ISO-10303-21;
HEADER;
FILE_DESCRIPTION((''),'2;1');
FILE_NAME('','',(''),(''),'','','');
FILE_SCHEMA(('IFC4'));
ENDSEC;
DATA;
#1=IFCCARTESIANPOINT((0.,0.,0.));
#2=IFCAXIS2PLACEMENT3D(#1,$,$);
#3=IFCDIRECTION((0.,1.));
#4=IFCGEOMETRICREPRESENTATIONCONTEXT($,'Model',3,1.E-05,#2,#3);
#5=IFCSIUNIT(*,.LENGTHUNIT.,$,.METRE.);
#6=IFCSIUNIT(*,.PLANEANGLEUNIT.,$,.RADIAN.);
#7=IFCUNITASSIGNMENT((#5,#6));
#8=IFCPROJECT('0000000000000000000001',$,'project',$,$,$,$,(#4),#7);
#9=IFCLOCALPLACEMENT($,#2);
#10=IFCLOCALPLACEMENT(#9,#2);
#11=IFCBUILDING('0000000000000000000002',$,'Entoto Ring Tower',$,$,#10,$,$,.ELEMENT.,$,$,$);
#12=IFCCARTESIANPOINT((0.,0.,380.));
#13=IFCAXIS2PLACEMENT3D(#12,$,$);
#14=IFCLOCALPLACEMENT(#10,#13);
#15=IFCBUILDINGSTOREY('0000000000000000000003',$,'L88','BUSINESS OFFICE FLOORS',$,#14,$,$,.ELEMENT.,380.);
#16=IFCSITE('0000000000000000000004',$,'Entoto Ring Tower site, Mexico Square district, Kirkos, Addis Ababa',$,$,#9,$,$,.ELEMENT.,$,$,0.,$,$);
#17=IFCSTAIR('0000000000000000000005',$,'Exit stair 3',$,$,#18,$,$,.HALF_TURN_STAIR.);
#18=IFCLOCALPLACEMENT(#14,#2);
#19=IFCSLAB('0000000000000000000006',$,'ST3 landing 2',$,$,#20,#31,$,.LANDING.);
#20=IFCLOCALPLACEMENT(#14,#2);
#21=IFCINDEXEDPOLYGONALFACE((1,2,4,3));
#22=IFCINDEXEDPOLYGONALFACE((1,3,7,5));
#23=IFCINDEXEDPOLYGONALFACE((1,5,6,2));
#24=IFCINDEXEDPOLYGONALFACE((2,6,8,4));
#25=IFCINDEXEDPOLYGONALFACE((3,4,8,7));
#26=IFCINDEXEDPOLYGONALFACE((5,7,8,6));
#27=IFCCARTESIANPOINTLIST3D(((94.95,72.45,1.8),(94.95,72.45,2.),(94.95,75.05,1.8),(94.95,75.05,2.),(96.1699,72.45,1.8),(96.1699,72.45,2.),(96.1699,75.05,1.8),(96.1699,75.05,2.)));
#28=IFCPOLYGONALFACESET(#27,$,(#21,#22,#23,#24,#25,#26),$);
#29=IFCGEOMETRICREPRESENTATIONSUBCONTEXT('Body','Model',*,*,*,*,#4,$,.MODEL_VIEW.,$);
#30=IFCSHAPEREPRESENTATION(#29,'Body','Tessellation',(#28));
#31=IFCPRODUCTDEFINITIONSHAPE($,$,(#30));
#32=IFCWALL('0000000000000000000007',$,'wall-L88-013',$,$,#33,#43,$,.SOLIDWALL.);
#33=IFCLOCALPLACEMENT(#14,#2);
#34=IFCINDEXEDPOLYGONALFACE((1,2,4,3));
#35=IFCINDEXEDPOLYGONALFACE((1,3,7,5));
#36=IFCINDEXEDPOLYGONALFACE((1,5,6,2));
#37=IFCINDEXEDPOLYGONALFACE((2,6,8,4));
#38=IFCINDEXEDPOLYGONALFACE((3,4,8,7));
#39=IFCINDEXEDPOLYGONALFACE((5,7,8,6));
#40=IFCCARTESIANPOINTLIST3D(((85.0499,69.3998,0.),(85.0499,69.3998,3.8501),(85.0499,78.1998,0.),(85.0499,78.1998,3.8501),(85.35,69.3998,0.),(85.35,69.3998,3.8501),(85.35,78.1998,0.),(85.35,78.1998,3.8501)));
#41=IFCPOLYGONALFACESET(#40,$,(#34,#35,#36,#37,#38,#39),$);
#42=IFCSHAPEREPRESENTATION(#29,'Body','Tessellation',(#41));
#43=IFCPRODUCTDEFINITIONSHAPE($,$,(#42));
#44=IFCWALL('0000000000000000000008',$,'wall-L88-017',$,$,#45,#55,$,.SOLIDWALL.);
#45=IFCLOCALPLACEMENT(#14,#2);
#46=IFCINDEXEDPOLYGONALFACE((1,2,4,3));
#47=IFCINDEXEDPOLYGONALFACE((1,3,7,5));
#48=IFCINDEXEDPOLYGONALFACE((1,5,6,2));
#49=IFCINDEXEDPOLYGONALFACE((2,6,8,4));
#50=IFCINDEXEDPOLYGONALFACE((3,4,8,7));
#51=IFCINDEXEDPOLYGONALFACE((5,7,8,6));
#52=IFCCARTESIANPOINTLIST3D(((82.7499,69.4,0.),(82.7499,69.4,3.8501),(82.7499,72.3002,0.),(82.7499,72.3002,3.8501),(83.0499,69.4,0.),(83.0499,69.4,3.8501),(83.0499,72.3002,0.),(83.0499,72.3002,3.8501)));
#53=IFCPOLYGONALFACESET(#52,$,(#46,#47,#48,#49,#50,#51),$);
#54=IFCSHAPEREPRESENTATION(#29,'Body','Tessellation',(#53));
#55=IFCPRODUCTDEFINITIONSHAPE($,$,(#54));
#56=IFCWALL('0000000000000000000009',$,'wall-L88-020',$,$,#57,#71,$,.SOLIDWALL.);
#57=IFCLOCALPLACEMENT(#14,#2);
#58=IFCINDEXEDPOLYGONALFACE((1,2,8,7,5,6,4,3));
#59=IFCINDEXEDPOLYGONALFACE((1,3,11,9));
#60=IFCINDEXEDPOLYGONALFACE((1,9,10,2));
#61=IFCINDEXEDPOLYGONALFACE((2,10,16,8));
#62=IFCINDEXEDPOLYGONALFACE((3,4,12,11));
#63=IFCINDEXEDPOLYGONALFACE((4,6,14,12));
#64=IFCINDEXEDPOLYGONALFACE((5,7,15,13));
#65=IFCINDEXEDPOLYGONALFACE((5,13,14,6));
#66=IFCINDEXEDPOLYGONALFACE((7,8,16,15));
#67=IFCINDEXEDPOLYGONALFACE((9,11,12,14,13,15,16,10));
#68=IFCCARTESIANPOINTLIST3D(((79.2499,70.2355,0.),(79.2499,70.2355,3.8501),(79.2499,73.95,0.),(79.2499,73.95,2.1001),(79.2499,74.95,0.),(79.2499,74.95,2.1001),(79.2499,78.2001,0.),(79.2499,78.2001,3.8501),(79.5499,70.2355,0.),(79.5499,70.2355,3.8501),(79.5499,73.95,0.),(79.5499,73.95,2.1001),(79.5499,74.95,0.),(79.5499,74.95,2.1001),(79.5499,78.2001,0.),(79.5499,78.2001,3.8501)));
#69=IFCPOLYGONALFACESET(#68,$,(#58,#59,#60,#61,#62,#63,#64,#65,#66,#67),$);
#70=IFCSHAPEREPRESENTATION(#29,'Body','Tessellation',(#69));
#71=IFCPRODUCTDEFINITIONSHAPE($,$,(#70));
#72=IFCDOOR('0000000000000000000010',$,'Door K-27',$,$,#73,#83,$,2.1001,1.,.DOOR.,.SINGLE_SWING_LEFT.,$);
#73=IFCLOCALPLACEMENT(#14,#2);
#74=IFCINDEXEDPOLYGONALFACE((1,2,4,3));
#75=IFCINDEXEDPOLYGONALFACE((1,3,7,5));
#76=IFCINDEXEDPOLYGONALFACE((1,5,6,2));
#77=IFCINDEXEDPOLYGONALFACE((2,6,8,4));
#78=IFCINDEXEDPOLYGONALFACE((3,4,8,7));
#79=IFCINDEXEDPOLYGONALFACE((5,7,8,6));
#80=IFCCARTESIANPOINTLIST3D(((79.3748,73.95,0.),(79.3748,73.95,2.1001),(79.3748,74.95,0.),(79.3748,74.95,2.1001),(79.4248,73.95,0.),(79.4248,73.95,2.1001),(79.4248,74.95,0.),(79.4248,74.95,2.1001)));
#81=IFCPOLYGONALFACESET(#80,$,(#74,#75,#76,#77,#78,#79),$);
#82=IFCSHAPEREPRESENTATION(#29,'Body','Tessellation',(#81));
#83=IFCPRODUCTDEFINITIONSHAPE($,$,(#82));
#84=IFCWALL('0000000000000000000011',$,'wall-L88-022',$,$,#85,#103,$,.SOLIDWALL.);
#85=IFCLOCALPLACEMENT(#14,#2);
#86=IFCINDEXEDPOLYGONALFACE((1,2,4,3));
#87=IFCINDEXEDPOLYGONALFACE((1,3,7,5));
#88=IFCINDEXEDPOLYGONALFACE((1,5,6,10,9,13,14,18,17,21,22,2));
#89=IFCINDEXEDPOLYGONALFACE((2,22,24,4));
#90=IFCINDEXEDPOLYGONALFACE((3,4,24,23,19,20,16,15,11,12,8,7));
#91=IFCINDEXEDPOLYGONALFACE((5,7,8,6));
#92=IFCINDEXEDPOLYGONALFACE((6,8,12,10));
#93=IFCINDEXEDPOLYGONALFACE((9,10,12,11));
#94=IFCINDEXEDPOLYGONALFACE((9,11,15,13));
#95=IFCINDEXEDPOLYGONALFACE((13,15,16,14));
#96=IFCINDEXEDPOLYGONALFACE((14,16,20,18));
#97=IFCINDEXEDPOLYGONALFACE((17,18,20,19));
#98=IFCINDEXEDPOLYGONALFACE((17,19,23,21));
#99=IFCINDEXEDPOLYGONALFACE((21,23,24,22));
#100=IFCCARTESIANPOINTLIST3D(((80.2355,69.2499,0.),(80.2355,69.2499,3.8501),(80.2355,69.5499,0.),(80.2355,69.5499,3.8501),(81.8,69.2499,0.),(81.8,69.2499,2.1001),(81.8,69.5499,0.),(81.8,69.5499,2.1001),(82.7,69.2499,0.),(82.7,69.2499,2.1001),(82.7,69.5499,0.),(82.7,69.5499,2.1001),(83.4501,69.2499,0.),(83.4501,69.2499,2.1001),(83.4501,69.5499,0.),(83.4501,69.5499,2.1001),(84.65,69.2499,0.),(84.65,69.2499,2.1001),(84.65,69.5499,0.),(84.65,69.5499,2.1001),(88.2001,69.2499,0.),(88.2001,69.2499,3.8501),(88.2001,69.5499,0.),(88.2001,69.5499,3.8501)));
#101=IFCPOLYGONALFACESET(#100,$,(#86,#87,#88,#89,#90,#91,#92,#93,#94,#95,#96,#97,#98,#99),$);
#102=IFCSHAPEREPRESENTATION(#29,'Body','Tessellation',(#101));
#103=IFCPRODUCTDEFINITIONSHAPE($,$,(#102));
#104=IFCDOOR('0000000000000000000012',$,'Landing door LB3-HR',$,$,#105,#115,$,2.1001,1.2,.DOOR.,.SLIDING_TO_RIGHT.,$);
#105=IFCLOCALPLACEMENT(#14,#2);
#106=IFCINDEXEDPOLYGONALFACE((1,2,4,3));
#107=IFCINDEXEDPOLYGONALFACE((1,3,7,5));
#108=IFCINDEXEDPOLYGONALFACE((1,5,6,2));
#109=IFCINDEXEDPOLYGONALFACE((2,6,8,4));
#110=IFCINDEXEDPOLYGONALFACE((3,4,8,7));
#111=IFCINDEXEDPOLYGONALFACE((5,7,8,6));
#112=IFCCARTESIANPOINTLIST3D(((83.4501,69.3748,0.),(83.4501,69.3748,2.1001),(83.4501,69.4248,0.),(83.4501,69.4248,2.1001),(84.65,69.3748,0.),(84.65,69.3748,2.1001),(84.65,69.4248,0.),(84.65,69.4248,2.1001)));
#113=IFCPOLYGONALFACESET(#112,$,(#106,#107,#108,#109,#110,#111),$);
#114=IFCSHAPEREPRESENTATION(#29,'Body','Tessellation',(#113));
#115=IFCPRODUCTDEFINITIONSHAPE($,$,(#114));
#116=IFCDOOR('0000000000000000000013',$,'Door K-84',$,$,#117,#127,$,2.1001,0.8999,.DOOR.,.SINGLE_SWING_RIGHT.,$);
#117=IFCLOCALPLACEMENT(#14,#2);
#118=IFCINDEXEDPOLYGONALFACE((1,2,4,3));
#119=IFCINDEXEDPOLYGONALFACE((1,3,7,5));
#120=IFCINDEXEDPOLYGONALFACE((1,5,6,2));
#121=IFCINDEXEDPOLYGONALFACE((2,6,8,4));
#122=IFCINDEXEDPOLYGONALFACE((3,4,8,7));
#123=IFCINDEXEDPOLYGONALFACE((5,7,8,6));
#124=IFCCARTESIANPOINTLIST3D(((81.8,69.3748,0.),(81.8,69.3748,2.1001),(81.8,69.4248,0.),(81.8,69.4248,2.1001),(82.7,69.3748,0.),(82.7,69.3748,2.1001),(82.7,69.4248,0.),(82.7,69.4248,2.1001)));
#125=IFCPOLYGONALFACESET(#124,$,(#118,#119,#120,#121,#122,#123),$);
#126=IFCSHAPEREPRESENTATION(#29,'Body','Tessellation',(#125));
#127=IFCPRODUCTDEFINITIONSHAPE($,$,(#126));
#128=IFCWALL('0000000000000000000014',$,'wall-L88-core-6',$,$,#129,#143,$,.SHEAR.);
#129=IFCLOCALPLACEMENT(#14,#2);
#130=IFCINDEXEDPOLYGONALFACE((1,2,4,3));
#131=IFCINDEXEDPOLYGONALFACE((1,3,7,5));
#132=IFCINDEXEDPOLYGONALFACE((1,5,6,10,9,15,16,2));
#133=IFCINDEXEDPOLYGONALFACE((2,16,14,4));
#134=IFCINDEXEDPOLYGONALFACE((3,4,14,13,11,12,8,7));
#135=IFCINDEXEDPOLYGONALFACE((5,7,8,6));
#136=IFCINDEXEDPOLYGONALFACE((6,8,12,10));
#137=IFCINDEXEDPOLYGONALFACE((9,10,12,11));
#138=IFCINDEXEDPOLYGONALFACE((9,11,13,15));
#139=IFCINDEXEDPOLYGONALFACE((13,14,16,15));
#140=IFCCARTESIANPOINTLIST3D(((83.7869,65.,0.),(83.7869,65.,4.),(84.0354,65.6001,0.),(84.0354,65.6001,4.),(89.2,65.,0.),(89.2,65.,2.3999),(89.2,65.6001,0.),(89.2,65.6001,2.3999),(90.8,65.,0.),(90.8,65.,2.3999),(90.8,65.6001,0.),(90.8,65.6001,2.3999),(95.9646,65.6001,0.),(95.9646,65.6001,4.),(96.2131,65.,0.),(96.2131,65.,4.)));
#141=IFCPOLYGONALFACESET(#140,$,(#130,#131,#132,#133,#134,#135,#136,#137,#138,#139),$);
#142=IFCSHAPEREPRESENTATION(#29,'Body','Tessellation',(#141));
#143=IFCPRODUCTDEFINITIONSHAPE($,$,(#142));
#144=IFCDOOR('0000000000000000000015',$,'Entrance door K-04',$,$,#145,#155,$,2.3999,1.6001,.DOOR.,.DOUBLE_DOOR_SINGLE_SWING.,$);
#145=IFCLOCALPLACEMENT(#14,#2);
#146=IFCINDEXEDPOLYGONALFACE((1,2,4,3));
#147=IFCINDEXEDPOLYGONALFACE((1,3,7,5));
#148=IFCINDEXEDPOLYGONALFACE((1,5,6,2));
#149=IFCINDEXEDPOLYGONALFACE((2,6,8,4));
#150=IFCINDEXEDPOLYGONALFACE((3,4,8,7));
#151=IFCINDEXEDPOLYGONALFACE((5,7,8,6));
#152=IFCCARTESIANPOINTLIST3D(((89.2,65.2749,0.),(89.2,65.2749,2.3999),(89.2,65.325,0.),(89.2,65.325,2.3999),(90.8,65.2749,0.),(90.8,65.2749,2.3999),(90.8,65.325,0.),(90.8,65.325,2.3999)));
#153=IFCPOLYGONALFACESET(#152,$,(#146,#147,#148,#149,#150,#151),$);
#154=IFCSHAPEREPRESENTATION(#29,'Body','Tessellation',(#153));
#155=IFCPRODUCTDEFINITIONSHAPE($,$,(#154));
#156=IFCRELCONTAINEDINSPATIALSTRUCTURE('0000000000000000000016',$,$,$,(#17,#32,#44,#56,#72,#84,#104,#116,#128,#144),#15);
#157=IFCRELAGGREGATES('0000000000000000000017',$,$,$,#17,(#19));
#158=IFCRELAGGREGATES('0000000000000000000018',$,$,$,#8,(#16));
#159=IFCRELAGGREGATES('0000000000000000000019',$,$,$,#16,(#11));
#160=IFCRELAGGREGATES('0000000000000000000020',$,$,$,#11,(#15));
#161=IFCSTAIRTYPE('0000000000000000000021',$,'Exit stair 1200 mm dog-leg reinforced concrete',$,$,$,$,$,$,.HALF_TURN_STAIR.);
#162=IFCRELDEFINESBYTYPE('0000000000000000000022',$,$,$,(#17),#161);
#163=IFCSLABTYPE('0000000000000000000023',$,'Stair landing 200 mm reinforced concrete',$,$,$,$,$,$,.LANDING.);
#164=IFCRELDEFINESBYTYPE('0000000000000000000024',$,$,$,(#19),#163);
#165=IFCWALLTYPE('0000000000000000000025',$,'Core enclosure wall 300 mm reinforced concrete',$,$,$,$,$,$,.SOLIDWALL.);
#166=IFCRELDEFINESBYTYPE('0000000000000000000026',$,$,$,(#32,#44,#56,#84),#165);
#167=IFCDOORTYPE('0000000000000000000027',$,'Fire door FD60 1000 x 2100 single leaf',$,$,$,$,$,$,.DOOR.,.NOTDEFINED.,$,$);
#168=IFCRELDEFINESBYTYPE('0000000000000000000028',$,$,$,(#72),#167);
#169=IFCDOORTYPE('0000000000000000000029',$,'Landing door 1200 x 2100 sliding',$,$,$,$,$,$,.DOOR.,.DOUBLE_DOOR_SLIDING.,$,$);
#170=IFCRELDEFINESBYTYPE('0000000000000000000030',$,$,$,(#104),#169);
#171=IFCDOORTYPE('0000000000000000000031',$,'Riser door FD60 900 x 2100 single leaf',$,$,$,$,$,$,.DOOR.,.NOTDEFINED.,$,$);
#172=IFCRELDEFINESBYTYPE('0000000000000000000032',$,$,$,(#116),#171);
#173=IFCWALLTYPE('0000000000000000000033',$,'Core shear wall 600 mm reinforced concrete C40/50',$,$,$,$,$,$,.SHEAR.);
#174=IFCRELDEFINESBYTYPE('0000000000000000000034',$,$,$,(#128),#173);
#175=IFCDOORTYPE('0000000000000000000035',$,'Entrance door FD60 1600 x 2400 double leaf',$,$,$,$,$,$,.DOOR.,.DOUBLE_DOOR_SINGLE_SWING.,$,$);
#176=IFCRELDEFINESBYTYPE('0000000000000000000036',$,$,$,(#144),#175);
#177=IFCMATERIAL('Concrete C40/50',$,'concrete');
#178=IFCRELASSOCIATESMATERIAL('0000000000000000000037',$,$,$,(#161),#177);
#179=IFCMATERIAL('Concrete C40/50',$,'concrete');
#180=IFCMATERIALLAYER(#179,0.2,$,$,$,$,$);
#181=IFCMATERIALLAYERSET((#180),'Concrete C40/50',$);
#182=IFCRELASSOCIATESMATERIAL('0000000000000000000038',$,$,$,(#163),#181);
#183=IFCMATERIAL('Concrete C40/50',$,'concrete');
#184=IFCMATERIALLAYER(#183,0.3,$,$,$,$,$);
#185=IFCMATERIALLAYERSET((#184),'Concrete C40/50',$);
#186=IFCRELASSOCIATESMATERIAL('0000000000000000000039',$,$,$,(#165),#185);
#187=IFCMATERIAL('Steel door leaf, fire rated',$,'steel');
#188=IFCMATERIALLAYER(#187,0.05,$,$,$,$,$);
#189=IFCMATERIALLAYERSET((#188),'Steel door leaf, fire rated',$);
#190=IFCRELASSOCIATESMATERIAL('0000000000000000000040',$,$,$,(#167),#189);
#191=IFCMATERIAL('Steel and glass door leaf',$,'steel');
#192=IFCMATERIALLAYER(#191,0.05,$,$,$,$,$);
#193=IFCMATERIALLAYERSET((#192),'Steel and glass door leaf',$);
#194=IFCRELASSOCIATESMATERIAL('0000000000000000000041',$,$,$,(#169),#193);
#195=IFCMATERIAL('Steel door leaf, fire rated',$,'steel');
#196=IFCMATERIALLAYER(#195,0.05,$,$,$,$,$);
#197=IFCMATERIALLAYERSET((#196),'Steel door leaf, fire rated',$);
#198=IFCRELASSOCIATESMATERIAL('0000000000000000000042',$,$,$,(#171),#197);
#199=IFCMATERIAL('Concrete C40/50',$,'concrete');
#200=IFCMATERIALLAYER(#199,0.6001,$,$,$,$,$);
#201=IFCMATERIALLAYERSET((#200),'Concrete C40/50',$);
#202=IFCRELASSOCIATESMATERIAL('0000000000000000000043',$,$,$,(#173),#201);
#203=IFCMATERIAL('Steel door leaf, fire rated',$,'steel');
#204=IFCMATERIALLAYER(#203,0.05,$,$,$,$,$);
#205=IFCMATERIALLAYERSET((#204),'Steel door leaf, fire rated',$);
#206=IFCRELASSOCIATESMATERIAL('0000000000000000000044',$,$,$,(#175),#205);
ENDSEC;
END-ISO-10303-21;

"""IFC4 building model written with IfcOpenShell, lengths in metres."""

from ifc_helpers import new_model, si_unit, direction, frame, frame_2d, origin, place, context, subcontext, project, spatial, polyline, rectangle, outline, extrude, material, layer, layer_set, type_object, element, fill, aggregate, save


model = new_model("IFC4")

# Units and contexts
model_context = context("Model", 3, precision=1e-05, world=origin(), true_north=direction((0.0, 1.0)))
body_context = subcontext(model_context, "Body", "Model", "MODEL_VIEW")
ifc_project = project(units=[si_unit("LENGTHUNIT", "METRE"), si_unit("PLANEANGLEUNIT", "RADIAN")], contexts=[model_context])

# Site, building, storey
site_placement = place(None, origin())
site = spatial("IfcSite", under=ifc_project, at=site_placement, Name="Entoto Ring Tower site, Mexico Square district, Kirkos, Addis Ababa", CompositionType="ELEMENT", RefElevation=0.0)
building_placement = place(site_placement, origin())
building = spatial("IfcBuilding", under=site, at=building_placement, Name="Entoto Ring Tower", CompositionType="ELEMENT")
storey_placement = place(building_placement, frame((0.0, 0.0, 380.0)))
storey = spatial("IfcBuildingStorey", under=building, at=storey_placement, Name="L88", Description="BUSINESS OFFICE FLOORS", CompositionType="ELEMENT", Elevation=380.0)

# Stair, slab
ifc_material_1 = material(Name="Concrete C40/50", Category="concrete")
stair_type = type_object("IfcStairType", Name="Exit stair 1200 mm dog-leg reinforced concrete", PredefinedType="HALF_TURN_STAIR", material=ifc_material_1)
stair_placement = place(storey_placement, origin())
stair = element("IfcStair", 1, at=stair_placement, inside=storey, type_object=stair_type, Name="Exit stair 3", PredefinedType="HALF_TURN_STAIR")
ifc_material_2 = material(Name="Concrete C40/50", Category="concrete")
ifc_layer_1 = layer(ifc_material_2, 0.2)
ifc_layer_set_1 = layer_set([ifc_layer_1], Name="Concrete C40/50")
slab_type_1 = type_object("IfcSlabType", Name="Stair landing 200 mm reinforced concrete", PredefinedType="LANDING", material=ifc_layer_set_1)
slab_1_placement = place(storey_placement, frame((0.0, 0.0, 1.8)))
slab_1 = element("IfcSlab", 2, at=slab_1_placement, type_object=slab_type_1, Name="ST3 landing 2", PredefinedType="LANDING", context=body_context, shape_type="SweptSolid", body=[
    extrude(outline(polyline([(94.95, 72.45), (96.1699, 72.45), (96.1699, 75.05), (94.95, 75.05), (94.95, 72.45)])), origin(), (0.0, 0.0, 1.0), 0.2),
])
aggregate(stair, [slab_1])

# Walls
ifc_material_3 = material(Name="Concrete C40/50", Category="concrete")
ifc_layer_2 = layer(ifc_material_3, 0.3)
ifc_layer_set_2 = layer_set([ifc_layer_2], Name="Concrete C40/50")
wall_type_1 = type_object("IfcWallType", Name="Core enclosure wall 300 mm reinforced concrete", PredefinedType="SOLIDWALL", material=ifc_layer_set_2)
wall_1_placement = place(storey_placement, frame((85.2, 69.3999, 0.0), z_axis=(0.0, 0.0, 1.0), x_axis=(0.0, 1.0, 0.0)))
element("IfcWall", 3, at=wall_1_placement, inside=storey, type_object=wall_type_1, Name="wall-L88-013", PredefinedType="SOLIDWALL", context=body_context, shape_type="SweptSolid", body=[
    extrude(rectangle(XDim=8.8, YDim=0.3, at=frame_2d((4.3999, 0.0))), origin(), (0.0, 0.0, 1.0), 3.8501),
])
wall_2_placement = place(storey_placement, frame((82.8999, 69.3999, 0.0), z_axis=(0.0, 0.0, 1.0), x_axis=(0.0, 1.0, 0.0)))
element("IfcWall", 4, at=wall_2_placement, inside=storey, type_object=wall_type_1, Name="wall-L88-017", PredefinedType="SOLIDWALL", context=body_context, shape_type="SweptSolid", body=[
    extrude(rectangle(XDim=2.9001, YDim=0.3, at=frame_2d((1.4502, 0.0))), origin(), (0.0, 0.0, 1.0), 3.8501),
])

# Wall, opening, door
wall_3_placement = place(storey_placement, frame((79.3999, 70.2354, 0.0), z_axis=(0.0, 0.0, 1.0), x_axis=(0.0, 1.0, 0.0)))
wall_3 = element("IfcWall", 5, at=wall_3_placement, inside=storey, type_object=wall_type_1, Name="wall-L88-020", PredefinedType="SOLIDWALL", context=body_context, shape_type="SweptSolid", body=[
    extrude(rectangle(XDim=7.9646, YDim=0.3, at=frame_2d((3.9824, 0.0))), origin(), (0.0, 0.0, 1.0), 3.8501),
])
opening_1_placement = place(wall_3_placement, frame((3.7146, 0.0, 0.0)))
opening_1 = element("IfcOpeningElement", 6, at=opening_1_placement, cuts=wall_3, PredefinedType="OPENING", context=body_context, shape_type="SweptSolid", body=[
    extrude(rectangle(XDim=1.0, YDim=2.1001, at=frame_2d((0.5, 1.05))), frame((0.0, 0.1602, 0.0), z_axis=(0.0, -1.0, 0.0), x_axis=(1.0, 0.0, 0.0)), (0.0, 0.0, 1.0), 0.3201),
])
ifc_material_4 = material(Name="Steel door leaf, fire rated", Category="steel")
ifc_layer_3 = layer(ifc_material_4, 0.05)
ifc_layer_set_3 = layer_set([ifc_layer_3], Name="Steel door leaf, fire rated")
door_type_1 = type_object("IfcDoorType", Name="Fire door FD60 1000 x 2100 single leaf", OperationType="NOTDEFINED", PredefinedType="DOOR", material=ifc_layer_set_3)
door_1_placement = place(opening_1_placement, frame((1.0, 0.0, 0.0), z_axis=(0.0, 0.0, 1.0), x_axis=(-1.0, 0.0, 0.0)))
door_1 = element("IfcDoor", 7, at=door_1_placement, inside=storey, type_object=door_type_1, Name="Door K-27", OperationType="SINGLE_SWING_LEFT", OverallHeight=2.1001, OverallWidth=1.0, PredefinedType="DOOR", context=body_context, shape_type="SweptSolid", body=[
    extrude(rectangle(XDim=1.0, YDim=2.1001, at=frame_2d((0.5, 1.05))), frame((0.0, 0.0249, 0.0), z_axis=(0.0, -1.0, 0.0), x_axis=(1.0, 0.0, 0.0)), (0.0, 0.0, 1.0), 0.05),
])
fill(opening_1, door_1)

# Wall, openings, doors
wall_4_placement = place(storey_placement, frame((80.2354, 69.3999, 0.0), z_axis=(0.0, 0.0, 1.0), x_axis=(1.0, 0.0, 0.0)))
wall_4 = element("IfcWall", 8, at=wall_4_placement, inside=storey, type_object=wall_type_1, Name="wall-L88-022", PredefinedType="SOLIDWALL", context=body_context, shape_type="SweptSolid", body=[
    extrude(rectangle(XDim=7.9646, YDim=0.3, at=frame_2d((3.9824, 0.0))), origin(), (0.0, 0.0, 1.0), 3.8501),
])
opening_2_placement = place(wall_4_placement, frame((3.2146, 0.0, 0.0)))
opening_2 = element("IfcOpeningElement", 9, at=opening_2_placement, cuts=wall_4, PredefinedType="OPENING", context=body_context, shape_type="SweptSolid", body=[
    extrude(rectangle(XDim=1.2, YDim=2.1001, at=frame_2d((0.6001, 1.05))), frame((0.0, 0.1602, 0.0), z_axis=(0.0, -1.0, 0.0), x_axis=(1.0, 0.0, 0.0)), (0.0, 0.0, 1.0), 0.3201),
])
opening_3_placement = place(wall_4_placement, frame((1.5647, 0.0, 0.0)))
opening_3 = element("IfcOpeningElement", 10, at=opening_3_placement, cuts=wall_4, PredefinedType="OPENING", context=body_context, shape_type="SweptSolid", body=[
    extrude(rectangle(XDim=0.8999, YDim=2.1001, at=frame_2d((0.45, 1.05))), frame((0.0, 0.1602, 0.0), z_axis=(0.0, -1.0, 0.0), x_axis=(1.0, 0.0, 0.0)), (0.0, 0.0, 1.0), 0.3201),
])
ifc_material_5 = material(Name="Steel and glass door leaf", Category="steel")
ifc_layer_4 = layer(ifc_material_5, 0.05)
ifc_layer_set_4 = layer_set([ifc_layer_4], Name="Steel and glass door leaf")
door_type_2 = type_object("IfcDoorType", Name="Landing door 1200 x 2100 sliding", OperationType="DOUBLE_DOOR_SLIDING", PredefinedType="DOOR", material=ifc_layer_set_4)
door_2_placement = place(opening_2_placement, origin())
door_2 = element("IfcDoor", 11, at=door_2_placement, inside=storey, type_object=door_type_2, Name="Landing door LB3-HR", OperationType="SLIDING_TO_RIGHT", OverallHeight=2.1001, OverallWidth=1.2, PredefinedType="DOOR", context=body_context, shape_type="SweptSolid", body=[
    extrude(rectangle(XDim=1.2, YDim=2.1001, at=frame_2d((0.6001, 1.05))), frame((0.0, 0.0249, 0.0), z_axis=(0.0, -1.0, 0.0), x_axis=(1.0, 0.0, 0.0)), (0.0, 0.0, 1.0), 0.05),
])
fill(opening_2, door_2)
ifc_material_6 = material(Name="Steel door leaf, fire rated", Category="steel")
ifc_layer_5 = layer(ifc_material_6, 0.05)
ifc_layer_set_5 = layer_set([ifc_layer_5], Name="Steel door leaf, fire rated")
door_type_3 = type_object("IfcDoorType", Name="Riser door FD60 900 x 2100 single leaf", OperationType="NOTDEFINED", PredefinedType="DOOR", material=ifc_layer_set_5)
door_3_placement = place(opening_3_placement, origin())
door_3 = element("IfcDoor", 12, at=door_3_placement, inside=storey, type_object=door_type_3, Name="Door K-84", OperationType="SINGLE_SWING_RIGHT", OverallHeight=2.1001, OverallWidth=0.8999, PredefinedType="DOOR", context=body_context, shape_type="SweptSolid", body=[
    extrude(rectangle(XDim=0.8999, YDim=2.1001, at=frame_2d((0.45, 1.05))), frame((0.0, 0.0249, 0.0), z_axis=(0.0, -1.0, 0.0), x_axis=(1.0, 0.0, 0.0)), (0.0, 0.0, 1.0), 0.05),
])
fill(opening_3, door_3)

# Wall, opening, door
ifc_material_7 = material(Name="Concrete C40/50", Category="concrete")
ifc_layer_6 = layer(ifc_material_7, 0.6001)
ifc_layer_set_6 = layer_set([ifc_layer_6], Name="Concrete C40/50")
wall_type_2 = type_object("IfcWallType", Name="Core shear wall 600 mm reinforced concrete C40/50", PredefinedType="SHEAR", material=ifc_layer_set_6)
wall_5_placement = place(storey_placement, frame((83.9111, 65.3, 0.0), z_axis=(0.0, 0.0, 1.0), x_axis=(1.0, 0.0, 0.0)))
wall_5 = element("IfcWall", 13, at=wall_5_placement, inside=storey, type_object=wall_type_2, Name="wall-L88-core-6", PredefinedType="SHEAR", context=body_context, shape_type="SweptSolid", body=[
    extrude(outline(polyline([(-0.1243, -0.3), (12.302, -0.3), (12.0535, 0.3), (0.1243, 0.3), (-0.1243, -0.3)])), origin(), (0.0, 0.0, 1.0), 4.0),
])
opening_4_placement = place(wall_5_placement, frame((5.2888, 0.0, 0.0)))
opening_4 = element("IfcOpeningElement", 14, at=opening_4_placement, cuts=wall_5, PredefinedType="OPENING", context=body_context, shape_type="SweptSolid", body=[
    extrude(rectangle(XDim=1.6001, YDim=2.3999, at=frame_2d((0.8, 1.2))), frame((0.0, 0.3101, 0.0), z_axis=(0.0, -1.0, 0.0), x_axis=(1.0, 0.0, 0.0)), (0.0, 0.0, 1.0), 0.6201),
])
ifc_material_8 = material(Name="Steel door leaf, fire rated", Category="steel")
ifc_layer_7 = layer(ifc_material_8, 0.05)
ifc_layer_set_7 = layer_set([ifc_layer_7], Name="Steel door leaf, fire rated")
door_type_4 = type_object("IfcDoorType", Name="Entrance door FD60 1600 x 2400 double leaf", OperationType="DOUBLE_DOOR_SINGLE_SWING", PredefinedType="DOOR", material=ifc_layer_set_7)
door_4_placement = place(opening_4_placement, origin())
door_4 = element("IfcDoor", 15, at=door_4_placement, inside=storey, type_object=door_type_4, Name="Entrance door K-04", OperationType="DOUBLE_DOOR_SINGLE_SWING", OverallHeight=2.3999, OverallWidth=1.6001, PredefinedType="DOOR", context=body_context, shape_type="SweptSolid", body=[
    extrude(rectangle(XDim=1.6001, YDim=2.3999, at=frame_2d((0.8, 1.2))), frame((0.0, 0.0249, 0.0), z_axis=(0.0, -1.0, 0.0), x_axis=(1.0, 0.0, 0.0)), (0.0, 0.0, 1.0), 0.05),
])
fill(opening_4, door_4)

save(model, "model.ifc")
